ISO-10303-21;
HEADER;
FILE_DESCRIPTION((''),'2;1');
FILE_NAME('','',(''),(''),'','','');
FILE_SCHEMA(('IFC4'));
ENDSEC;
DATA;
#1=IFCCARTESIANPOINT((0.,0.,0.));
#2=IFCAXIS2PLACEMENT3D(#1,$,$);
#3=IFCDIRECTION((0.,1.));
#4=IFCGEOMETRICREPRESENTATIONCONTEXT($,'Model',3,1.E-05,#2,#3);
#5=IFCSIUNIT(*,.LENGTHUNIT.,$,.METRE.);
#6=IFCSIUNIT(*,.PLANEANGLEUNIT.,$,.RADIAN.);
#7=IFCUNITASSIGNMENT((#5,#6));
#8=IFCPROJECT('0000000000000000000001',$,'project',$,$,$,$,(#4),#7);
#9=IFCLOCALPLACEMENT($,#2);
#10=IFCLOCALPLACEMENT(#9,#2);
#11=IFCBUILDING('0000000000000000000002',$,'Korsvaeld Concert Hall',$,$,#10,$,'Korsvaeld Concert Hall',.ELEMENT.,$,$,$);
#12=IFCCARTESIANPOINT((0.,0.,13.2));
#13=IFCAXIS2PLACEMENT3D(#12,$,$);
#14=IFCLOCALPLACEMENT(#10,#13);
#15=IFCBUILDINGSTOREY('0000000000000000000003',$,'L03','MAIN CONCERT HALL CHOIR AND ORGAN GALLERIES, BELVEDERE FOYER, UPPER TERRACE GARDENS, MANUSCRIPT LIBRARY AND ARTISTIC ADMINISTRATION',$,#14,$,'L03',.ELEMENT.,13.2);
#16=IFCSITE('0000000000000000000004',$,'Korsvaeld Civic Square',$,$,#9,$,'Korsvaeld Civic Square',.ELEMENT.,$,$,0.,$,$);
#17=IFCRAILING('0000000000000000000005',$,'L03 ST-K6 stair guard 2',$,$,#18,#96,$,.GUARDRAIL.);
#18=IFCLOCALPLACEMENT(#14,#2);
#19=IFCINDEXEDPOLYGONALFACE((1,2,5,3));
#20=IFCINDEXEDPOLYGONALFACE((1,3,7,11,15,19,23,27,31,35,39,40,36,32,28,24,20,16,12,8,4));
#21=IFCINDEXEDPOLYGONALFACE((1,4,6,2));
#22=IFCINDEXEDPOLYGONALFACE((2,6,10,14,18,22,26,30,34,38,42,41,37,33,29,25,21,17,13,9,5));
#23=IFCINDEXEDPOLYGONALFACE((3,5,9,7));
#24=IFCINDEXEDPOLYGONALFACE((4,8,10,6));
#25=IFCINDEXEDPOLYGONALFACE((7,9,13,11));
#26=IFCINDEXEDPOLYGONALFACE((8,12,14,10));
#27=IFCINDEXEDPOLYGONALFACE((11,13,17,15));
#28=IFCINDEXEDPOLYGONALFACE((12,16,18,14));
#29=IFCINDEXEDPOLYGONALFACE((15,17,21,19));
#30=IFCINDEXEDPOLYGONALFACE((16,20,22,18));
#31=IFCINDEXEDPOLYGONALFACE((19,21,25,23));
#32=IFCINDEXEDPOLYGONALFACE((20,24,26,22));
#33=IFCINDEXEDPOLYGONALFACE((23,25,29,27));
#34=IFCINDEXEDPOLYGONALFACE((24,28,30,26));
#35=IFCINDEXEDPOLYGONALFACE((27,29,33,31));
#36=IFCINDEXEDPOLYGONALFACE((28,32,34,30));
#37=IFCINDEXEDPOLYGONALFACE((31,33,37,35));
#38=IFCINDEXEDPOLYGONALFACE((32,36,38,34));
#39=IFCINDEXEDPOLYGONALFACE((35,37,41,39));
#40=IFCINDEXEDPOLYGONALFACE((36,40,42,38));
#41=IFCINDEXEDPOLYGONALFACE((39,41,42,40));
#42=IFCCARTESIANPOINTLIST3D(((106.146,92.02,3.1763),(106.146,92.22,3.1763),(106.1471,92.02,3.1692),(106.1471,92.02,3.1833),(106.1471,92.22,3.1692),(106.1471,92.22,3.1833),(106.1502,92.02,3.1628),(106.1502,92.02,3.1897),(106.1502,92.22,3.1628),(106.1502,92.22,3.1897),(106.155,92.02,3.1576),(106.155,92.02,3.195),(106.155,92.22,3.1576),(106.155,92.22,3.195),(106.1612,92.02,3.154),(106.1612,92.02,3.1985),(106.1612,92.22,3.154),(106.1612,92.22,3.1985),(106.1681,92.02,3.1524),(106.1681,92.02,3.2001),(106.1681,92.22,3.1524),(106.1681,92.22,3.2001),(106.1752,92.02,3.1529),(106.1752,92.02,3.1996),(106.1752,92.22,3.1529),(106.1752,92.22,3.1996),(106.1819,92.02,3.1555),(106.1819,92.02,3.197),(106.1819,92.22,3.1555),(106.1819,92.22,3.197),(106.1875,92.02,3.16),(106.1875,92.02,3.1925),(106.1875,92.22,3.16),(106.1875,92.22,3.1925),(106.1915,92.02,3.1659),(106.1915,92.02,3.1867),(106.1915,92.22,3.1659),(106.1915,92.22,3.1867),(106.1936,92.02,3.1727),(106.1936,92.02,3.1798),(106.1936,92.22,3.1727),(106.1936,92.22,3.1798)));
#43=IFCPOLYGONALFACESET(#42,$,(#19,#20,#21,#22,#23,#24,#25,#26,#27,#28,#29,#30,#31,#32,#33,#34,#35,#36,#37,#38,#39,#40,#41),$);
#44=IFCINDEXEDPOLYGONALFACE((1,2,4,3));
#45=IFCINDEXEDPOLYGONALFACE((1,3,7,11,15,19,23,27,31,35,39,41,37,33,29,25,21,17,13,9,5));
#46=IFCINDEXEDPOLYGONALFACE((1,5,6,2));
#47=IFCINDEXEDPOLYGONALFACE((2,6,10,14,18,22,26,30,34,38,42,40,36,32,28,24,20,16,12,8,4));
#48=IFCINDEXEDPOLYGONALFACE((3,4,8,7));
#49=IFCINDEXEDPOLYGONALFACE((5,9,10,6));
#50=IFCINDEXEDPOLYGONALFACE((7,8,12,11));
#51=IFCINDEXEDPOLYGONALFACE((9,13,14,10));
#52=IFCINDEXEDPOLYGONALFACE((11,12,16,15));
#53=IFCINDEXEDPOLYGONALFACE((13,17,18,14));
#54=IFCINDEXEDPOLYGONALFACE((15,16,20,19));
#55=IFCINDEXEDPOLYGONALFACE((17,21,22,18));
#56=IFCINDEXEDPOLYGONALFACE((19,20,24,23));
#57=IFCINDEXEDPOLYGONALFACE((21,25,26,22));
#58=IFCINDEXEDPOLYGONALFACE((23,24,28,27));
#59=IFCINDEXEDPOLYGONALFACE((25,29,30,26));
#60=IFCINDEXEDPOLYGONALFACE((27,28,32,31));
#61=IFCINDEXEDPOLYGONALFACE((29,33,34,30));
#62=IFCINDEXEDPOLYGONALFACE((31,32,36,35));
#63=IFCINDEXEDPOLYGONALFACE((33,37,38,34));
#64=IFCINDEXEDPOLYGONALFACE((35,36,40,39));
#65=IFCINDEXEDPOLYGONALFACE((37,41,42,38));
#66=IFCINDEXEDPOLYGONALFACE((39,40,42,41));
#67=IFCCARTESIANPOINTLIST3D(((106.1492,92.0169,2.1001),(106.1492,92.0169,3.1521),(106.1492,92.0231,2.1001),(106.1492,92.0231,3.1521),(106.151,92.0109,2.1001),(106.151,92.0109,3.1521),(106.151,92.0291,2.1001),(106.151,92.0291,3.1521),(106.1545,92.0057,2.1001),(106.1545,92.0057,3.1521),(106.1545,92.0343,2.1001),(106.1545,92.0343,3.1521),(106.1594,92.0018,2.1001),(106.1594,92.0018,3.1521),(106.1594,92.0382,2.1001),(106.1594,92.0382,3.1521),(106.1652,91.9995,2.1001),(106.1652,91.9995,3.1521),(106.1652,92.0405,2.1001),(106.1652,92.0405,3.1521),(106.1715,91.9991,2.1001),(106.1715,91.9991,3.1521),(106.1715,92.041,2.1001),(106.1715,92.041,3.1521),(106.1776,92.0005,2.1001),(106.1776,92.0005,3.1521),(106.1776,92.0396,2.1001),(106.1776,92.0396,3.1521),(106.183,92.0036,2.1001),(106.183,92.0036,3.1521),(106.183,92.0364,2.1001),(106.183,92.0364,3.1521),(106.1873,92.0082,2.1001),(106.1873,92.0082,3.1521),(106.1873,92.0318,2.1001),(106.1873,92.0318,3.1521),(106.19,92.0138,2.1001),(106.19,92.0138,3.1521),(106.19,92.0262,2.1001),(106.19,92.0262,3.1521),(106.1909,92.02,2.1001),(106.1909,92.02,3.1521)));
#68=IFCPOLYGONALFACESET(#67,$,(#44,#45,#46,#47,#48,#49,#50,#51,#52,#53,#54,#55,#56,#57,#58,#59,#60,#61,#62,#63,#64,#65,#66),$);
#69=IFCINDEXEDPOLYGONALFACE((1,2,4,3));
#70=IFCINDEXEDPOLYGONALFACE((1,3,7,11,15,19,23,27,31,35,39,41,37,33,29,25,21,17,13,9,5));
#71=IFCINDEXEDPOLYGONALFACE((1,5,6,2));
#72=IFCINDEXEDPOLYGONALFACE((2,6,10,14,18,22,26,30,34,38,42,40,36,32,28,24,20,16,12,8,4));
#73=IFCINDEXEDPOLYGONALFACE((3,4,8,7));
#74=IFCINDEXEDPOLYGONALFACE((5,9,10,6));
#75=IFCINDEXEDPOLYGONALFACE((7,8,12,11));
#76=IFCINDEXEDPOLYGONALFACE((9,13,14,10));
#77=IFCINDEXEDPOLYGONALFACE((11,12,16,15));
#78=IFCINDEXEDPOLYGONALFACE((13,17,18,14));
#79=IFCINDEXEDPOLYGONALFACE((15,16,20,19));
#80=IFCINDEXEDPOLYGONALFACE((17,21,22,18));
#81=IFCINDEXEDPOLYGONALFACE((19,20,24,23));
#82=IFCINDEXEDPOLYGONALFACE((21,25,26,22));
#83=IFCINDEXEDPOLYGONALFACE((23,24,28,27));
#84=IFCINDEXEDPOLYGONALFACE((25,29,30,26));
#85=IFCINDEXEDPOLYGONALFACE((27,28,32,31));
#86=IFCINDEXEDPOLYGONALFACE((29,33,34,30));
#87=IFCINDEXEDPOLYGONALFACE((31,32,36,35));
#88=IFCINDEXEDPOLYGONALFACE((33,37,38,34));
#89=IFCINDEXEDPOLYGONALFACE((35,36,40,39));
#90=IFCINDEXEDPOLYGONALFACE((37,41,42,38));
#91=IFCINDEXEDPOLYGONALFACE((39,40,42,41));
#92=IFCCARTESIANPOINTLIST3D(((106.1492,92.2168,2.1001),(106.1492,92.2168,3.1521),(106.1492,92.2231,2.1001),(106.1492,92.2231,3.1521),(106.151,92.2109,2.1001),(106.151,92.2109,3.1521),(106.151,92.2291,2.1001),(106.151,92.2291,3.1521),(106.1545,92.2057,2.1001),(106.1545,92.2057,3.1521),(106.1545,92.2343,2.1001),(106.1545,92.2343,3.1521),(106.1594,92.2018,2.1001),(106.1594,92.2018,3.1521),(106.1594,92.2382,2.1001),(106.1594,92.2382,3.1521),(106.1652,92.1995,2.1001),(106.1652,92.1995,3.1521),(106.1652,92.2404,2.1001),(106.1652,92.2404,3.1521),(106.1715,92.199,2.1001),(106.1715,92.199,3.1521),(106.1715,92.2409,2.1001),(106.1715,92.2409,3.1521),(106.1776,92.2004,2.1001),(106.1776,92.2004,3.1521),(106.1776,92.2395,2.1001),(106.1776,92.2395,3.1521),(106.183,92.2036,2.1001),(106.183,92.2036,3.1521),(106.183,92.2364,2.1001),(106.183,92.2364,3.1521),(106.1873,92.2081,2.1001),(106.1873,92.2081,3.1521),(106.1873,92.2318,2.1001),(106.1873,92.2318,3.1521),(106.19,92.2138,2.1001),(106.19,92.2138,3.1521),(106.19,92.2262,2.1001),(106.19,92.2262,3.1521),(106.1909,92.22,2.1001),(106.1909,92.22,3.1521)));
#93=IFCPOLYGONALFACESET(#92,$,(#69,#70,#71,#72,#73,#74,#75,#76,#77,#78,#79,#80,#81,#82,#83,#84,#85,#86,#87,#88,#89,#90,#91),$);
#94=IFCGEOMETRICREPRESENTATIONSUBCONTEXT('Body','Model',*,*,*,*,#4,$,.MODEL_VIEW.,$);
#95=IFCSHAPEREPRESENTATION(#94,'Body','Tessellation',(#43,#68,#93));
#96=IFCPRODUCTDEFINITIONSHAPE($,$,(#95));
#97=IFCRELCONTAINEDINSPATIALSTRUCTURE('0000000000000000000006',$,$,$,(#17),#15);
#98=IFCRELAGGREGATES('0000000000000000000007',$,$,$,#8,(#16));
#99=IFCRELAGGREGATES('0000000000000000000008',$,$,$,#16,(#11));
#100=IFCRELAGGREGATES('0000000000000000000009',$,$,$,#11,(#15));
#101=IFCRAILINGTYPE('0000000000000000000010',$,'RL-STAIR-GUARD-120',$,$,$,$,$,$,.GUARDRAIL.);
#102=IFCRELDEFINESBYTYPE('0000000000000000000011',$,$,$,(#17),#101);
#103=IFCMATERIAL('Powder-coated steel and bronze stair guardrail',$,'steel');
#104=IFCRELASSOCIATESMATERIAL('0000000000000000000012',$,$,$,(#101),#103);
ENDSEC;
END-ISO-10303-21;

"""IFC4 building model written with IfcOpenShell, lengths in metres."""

from ifc_helpers import new_model, si_unit, direction, frame, origin, origin_2d, place, context, subcontext, project, spatial, circle, extrude, material, type_object, element, save


model = new_model("IFC4")

# Units and contexts
model_context = context("Model", 3, precision=1e-05, world=origin(), true_north=direction((0.0, 1.0)))
body_context = subcontext(model_context, "Body", "Model", "MODEL_VIEW")
ifc_project = project(units=[si_unit("LENGTHUNIT", "METRE"), si_unit("PLANEANGLEUNIT", "RADIAN")], contexts=[model_context])

# Site, building, storey
site_placement = place(None, origin())
site = spatial("IfcSite", under=ifc_project, at=site_placement, Name="Korsvaeld Civic Square", LongName="Korsvaeld Civic Square", CompositionType="ELEMENT", RefElevation=0.0)
building_placement = place(site_placement, origin())
building = spatial("IfcBuilding", under=site, at=building_placement, Name="Korsvaeld Concert Hall", LongName="Korsvaeld Concert Hall", CompositionType="ELEMENT")
storey_placement = place(building_placement, frame((0.0, 0.0, 13.2)))
storey = spatial("IfcBuildingStorey", under=building, at=storey_placement, Name="L03", Description="MAIN CONCERT HALL CHOIR AND ORGAN GALLERIES, BELVEDERE FOYER, UPPER TERRACE GARDENS, MANUSCRIPT LIBRARY AND ARTISTIC ADMINISTRATION", LongName="L03", CompositionType="ELEMENT", Elevation=13.2)

# Railing
ifc_material_1 = material(Name="Powder-coated steel and bronze stair guardrail", Category="steel")
railing_type_1 = type_object("IfcRailingType", Name="RL-STAIR-GUARD-120", PredefinedType="GUARDRAIL", material=ifc_material_1)
railing_1_placement = place(storey_placement, frame((106.1699, 92.02, 2.1001)))
element("IfcRailing", 1, at=railing_1_placement, inside=storey, type_object=railing_type_1, Name="L03 ST-K6 stair guard 2", PredefinedType="GUARDRAIL", context=body_context, shape_type="SweptSolid", body=[
    extrude(circle(Radius=0.0239, at=origin_2d()), frame((0.0, 0.0, 1.0762), z_axis=(0.0, 1.0, 0.0), x_axis=(-1.0, 0.0, 0.0)), (0.0, 0.0, 1.0), 0.2),
    extrude(circle(Radius=0.021, at=origin_2d()), origin(), (0.0, 0.0, 1.0), 1.052),
    extrude(circle(Radius=0.021, at=origin_2d()), frame((0.0, 0.2, 0.0)), (0.0, 0.0, 1.0), 1.052),
])

save(model, "model.ifc")
